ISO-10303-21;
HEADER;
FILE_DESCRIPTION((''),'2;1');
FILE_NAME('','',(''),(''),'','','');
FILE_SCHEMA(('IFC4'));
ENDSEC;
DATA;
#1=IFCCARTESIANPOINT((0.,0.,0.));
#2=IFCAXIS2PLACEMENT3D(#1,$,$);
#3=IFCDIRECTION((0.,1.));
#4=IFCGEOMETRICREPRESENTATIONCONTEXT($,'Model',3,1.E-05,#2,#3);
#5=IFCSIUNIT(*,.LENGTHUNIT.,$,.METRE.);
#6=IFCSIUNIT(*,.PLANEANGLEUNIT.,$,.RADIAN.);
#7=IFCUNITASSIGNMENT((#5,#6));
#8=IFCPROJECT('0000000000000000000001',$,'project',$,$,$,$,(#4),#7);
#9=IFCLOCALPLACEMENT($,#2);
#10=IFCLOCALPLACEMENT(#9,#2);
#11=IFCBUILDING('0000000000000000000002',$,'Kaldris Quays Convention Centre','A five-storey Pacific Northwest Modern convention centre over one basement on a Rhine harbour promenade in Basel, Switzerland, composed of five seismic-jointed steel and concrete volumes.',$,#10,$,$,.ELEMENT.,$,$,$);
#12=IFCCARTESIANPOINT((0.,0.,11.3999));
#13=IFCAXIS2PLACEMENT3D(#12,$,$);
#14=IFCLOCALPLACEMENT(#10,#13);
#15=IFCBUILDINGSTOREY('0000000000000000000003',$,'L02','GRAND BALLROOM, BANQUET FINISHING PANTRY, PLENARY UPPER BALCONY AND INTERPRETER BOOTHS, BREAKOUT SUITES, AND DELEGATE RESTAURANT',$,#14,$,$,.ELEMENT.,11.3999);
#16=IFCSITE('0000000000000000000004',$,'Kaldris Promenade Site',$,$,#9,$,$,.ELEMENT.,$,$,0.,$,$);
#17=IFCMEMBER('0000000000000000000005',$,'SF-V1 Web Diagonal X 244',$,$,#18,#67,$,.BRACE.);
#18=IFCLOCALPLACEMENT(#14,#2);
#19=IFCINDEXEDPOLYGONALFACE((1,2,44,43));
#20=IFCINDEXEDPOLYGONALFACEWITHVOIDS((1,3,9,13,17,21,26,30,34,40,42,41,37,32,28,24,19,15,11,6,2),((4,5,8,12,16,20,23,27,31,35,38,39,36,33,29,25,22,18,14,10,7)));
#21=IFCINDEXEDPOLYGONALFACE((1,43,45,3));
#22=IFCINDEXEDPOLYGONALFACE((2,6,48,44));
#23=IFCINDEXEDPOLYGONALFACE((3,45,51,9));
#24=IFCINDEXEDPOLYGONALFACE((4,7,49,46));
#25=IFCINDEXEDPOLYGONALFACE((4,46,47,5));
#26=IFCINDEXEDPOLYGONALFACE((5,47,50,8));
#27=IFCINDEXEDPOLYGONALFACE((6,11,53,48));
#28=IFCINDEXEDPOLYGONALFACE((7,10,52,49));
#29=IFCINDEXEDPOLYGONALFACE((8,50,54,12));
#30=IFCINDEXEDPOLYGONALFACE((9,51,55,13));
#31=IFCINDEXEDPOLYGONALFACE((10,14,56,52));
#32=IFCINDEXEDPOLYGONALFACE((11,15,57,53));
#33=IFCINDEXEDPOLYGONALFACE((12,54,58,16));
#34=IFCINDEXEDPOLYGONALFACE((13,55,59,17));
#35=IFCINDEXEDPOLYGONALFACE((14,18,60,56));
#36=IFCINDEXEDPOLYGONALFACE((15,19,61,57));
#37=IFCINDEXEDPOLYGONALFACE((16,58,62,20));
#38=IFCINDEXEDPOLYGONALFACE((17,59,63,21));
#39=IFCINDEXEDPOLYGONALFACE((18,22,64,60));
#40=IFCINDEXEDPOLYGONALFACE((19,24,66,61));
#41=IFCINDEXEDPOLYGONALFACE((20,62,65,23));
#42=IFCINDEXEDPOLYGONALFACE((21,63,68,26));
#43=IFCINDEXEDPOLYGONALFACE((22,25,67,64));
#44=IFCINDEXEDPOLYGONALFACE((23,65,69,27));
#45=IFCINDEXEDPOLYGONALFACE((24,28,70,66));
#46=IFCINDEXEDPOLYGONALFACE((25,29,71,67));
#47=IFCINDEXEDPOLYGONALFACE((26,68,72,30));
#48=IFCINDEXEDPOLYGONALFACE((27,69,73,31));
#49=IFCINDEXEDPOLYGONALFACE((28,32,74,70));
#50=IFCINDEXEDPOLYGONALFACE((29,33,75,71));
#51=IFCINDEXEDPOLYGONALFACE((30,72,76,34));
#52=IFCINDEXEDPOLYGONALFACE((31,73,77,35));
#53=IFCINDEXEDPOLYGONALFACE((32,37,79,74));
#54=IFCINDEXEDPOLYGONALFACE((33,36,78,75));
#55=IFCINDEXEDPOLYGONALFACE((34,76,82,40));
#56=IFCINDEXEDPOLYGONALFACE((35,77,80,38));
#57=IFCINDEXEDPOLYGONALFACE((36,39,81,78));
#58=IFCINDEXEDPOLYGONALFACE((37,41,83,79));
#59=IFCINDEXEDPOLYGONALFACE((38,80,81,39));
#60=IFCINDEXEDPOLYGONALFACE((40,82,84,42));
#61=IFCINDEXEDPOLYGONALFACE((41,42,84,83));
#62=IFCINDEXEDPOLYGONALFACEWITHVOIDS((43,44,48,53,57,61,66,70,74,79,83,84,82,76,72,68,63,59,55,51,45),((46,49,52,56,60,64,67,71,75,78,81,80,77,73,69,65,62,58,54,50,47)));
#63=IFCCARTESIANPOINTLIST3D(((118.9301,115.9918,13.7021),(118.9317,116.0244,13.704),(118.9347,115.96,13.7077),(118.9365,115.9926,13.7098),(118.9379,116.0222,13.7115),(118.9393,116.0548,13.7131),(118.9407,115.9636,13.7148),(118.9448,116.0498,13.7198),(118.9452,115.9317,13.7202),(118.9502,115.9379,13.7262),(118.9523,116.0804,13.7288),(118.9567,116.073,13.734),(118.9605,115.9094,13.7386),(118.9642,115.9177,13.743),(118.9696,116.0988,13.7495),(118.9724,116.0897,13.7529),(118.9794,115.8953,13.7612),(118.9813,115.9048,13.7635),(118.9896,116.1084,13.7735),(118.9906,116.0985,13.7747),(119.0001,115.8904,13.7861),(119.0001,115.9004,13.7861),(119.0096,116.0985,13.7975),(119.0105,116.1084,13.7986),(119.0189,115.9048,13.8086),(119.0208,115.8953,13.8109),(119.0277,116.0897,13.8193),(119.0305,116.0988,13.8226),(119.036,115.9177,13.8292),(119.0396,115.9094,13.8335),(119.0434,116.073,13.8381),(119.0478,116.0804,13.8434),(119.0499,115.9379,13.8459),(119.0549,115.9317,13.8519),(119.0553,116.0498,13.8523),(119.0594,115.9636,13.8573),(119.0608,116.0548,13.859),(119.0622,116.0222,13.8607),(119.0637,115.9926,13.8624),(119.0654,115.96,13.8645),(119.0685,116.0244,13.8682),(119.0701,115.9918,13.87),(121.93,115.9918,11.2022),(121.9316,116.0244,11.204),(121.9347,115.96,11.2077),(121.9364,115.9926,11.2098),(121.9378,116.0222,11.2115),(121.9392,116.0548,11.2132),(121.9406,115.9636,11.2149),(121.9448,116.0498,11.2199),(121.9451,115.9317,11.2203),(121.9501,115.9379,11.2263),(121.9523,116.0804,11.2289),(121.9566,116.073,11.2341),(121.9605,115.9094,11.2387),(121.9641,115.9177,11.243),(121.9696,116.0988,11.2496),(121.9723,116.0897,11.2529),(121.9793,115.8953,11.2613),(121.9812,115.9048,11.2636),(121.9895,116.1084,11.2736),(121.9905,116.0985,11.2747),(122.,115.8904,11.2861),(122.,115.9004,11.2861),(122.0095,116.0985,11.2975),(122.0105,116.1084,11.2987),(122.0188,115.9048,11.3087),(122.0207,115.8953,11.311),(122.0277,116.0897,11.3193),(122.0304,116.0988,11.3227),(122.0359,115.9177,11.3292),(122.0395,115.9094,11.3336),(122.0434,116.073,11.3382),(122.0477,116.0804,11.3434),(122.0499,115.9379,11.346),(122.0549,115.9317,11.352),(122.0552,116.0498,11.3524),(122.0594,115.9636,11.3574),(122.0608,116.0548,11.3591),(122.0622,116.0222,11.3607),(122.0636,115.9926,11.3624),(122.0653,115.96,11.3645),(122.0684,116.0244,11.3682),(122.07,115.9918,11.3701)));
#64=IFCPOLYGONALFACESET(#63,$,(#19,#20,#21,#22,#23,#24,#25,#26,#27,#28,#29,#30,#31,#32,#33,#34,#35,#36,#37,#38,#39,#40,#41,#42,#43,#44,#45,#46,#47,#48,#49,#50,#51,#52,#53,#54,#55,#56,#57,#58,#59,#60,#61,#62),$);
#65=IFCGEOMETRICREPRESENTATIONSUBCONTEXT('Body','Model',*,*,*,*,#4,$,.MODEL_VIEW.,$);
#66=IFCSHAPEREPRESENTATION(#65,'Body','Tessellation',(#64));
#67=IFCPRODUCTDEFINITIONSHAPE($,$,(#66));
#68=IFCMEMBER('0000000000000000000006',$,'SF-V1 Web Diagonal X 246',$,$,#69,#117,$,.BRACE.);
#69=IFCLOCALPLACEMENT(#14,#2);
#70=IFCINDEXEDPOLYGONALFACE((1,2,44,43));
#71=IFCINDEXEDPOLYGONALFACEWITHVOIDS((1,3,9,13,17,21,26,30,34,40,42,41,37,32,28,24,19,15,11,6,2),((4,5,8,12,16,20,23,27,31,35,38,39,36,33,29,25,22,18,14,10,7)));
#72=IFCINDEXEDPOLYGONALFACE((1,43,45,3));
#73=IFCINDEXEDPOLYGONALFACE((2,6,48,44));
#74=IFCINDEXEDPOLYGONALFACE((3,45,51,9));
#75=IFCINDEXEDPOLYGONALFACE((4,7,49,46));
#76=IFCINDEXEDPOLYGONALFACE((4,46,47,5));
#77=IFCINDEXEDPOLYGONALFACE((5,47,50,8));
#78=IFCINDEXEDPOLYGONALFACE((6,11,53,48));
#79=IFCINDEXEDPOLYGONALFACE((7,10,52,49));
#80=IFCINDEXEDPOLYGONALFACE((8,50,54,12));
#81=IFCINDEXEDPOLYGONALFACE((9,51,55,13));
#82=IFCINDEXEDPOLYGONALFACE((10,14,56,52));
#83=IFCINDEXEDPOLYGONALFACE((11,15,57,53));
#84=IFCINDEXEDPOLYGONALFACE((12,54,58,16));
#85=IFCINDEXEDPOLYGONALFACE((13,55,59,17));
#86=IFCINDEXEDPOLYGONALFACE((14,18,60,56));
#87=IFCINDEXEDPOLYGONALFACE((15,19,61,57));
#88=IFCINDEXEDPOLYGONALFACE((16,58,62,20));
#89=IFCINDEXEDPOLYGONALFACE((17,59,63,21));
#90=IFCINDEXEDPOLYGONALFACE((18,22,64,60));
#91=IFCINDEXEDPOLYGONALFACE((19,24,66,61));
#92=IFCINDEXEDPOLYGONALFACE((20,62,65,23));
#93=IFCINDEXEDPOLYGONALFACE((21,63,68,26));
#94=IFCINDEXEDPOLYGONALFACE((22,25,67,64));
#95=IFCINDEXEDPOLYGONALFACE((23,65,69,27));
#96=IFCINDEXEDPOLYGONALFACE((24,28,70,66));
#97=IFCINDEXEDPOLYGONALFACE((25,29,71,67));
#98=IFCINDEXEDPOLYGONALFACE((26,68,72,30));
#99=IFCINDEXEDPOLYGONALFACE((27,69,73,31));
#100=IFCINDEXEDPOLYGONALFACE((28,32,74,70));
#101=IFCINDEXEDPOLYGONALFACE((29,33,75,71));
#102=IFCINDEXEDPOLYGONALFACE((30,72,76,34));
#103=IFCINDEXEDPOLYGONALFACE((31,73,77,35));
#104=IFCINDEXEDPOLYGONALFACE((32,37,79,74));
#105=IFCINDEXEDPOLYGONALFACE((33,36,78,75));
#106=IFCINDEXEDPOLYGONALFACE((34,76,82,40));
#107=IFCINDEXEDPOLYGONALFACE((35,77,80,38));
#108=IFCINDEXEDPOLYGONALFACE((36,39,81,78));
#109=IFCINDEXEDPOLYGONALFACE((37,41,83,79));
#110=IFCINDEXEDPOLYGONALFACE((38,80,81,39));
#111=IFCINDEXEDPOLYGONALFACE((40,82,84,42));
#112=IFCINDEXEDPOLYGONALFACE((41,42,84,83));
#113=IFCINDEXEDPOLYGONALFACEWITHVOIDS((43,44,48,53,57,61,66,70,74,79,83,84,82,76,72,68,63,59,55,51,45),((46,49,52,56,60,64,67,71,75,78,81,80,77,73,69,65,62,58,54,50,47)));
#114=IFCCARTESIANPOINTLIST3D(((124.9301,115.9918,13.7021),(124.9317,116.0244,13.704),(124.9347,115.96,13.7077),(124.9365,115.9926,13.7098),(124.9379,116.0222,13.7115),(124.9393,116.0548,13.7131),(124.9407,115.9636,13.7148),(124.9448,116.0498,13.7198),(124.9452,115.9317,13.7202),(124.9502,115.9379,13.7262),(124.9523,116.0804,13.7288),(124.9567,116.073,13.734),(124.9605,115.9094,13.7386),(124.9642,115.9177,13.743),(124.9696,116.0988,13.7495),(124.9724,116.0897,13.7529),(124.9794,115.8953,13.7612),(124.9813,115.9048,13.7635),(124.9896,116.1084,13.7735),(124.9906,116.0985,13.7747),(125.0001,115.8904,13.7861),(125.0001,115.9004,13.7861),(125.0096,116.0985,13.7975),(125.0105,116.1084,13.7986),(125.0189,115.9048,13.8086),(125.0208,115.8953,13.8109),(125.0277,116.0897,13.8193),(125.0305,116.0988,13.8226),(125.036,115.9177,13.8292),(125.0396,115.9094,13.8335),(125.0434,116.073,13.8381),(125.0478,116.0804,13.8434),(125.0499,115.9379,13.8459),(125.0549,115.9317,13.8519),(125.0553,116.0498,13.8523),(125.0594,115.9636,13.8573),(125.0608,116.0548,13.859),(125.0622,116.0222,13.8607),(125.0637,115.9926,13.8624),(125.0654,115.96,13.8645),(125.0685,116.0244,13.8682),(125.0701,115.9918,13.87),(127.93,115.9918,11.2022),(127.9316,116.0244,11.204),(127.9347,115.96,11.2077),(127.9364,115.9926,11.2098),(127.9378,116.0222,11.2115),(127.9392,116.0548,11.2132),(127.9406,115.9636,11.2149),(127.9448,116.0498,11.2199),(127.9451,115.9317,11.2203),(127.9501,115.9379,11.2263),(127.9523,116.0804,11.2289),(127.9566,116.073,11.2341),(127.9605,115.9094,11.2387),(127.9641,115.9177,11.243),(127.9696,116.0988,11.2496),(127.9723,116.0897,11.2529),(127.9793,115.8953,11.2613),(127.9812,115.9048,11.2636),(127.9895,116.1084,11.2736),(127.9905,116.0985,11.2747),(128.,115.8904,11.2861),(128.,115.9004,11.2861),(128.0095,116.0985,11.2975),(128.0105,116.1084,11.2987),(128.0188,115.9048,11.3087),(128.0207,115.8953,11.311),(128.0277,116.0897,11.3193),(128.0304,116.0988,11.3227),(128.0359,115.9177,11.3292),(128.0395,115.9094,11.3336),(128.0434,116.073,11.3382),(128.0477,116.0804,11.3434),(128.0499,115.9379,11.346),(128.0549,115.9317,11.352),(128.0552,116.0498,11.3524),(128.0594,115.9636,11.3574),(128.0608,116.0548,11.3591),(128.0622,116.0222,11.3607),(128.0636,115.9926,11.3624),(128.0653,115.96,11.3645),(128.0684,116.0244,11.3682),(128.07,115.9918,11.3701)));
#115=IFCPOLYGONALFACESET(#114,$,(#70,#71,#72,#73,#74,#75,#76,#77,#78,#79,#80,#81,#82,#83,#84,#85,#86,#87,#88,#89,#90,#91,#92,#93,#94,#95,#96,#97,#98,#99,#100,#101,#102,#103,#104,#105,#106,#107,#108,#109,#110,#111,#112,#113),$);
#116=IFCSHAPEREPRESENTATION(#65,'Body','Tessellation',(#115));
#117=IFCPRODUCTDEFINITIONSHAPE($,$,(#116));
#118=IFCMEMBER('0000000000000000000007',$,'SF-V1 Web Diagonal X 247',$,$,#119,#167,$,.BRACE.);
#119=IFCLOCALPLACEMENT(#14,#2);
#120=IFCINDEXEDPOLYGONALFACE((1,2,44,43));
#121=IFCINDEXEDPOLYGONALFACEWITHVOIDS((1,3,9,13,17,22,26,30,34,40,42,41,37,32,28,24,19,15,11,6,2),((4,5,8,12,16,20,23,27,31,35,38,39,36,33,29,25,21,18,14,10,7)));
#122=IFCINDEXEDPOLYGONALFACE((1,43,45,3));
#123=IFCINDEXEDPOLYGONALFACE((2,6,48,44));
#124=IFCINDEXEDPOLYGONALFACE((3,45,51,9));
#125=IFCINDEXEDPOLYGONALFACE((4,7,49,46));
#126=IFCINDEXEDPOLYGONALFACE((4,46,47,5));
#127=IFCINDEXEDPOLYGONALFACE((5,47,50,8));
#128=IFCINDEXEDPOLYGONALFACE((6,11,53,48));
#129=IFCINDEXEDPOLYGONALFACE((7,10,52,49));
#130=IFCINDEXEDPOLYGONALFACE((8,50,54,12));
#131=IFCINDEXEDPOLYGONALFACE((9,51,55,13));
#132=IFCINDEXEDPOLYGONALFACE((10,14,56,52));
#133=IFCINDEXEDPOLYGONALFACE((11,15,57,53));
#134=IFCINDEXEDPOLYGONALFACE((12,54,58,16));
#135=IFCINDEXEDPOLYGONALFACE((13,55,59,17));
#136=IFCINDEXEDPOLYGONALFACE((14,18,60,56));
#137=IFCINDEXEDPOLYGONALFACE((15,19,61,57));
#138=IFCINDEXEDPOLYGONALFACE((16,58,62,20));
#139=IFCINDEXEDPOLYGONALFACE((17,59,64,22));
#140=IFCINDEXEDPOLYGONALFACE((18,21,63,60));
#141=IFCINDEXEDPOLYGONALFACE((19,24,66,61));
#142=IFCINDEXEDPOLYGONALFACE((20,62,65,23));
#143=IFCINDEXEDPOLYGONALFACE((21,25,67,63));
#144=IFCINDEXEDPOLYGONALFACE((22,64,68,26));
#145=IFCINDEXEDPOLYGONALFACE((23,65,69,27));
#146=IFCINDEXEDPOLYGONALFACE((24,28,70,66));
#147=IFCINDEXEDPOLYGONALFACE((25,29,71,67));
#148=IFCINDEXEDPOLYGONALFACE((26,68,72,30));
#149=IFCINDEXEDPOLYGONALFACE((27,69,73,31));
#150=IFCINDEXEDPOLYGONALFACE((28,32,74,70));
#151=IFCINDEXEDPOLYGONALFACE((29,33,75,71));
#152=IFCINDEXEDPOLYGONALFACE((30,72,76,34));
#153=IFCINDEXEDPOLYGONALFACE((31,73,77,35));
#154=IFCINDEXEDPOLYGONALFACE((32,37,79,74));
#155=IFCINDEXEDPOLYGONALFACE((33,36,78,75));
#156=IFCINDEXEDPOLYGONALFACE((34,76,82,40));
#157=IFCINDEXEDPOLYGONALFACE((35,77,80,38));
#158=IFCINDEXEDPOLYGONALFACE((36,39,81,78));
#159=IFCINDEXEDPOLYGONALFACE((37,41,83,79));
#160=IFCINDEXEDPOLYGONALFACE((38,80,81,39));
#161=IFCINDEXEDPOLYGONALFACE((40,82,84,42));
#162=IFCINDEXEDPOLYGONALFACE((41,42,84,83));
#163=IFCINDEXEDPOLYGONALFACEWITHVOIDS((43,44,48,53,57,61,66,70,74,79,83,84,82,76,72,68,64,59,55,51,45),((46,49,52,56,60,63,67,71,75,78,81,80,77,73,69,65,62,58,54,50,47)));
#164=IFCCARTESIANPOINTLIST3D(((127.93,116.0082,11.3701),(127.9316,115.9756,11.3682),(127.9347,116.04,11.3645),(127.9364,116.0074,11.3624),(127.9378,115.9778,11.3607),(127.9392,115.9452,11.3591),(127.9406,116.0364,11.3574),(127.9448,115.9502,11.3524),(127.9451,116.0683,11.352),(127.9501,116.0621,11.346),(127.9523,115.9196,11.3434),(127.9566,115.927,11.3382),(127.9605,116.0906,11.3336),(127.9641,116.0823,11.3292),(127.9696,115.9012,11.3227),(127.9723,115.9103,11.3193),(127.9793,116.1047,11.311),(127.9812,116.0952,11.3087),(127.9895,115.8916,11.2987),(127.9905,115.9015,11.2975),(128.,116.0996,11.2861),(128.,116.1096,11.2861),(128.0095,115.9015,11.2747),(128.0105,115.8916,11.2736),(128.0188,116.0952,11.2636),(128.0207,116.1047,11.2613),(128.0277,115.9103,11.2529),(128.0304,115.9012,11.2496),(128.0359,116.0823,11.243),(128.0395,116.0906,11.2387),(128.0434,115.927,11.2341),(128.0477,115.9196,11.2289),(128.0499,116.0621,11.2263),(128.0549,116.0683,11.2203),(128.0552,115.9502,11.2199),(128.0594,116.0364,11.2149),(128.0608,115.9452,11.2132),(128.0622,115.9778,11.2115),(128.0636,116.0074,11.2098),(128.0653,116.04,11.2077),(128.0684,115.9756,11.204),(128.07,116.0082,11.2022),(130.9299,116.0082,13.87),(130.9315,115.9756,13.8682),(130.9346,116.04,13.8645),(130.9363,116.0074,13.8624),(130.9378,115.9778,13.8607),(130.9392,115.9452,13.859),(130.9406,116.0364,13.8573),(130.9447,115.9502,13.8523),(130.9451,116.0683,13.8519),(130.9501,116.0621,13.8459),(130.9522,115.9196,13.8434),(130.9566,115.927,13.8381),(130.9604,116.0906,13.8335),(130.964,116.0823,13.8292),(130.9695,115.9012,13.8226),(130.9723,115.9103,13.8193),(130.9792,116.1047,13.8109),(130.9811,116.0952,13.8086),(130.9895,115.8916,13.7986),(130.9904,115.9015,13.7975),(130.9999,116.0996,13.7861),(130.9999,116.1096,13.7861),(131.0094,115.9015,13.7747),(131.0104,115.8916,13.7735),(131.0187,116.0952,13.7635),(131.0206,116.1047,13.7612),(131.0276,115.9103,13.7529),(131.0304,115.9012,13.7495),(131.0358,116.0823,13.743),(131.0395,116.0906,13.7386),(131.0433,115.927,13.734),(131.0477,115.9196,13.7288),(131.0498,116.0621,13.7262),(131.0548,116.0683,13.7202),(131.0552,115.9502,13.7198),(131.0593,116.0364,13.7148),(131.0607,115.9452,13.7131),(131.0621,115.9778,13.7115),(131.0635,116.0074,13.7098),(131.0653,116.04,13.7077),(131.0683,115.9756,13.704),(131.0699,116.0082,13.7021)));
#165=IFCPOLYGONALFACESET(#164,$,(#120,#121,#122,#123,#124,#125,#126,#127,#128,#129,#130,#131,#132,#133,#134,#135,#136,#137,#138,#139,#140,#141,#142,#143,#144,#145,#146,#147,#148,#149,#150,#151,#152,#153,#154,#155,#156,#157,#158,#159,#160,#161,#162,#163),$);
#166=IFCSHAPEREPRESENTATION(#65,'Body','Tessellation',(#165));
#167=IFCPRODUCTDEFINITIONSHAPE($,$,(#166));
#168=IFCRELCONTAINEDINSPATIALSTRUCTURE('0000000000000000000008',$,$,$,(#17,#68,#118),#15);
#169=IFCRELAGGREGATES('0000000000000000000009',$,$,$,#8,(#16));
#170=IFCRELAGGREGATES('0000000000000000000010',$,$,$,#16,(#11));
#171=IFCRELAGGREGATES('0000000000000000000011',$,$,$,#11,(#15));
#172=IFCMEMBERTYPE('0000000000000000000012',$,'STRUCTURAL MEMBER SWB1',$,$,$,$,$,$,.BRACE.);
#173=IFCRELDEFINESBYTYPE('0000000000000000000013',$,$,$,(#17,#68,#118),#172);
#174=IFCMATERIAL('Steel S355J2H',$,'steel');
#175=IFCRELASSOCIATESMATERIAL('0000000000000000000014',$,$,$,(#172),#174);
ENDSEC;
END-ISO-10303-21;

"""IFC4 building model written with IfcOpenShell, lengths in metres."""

from ifc_helpers import new_model, si_unit, direction, frame, origin, origin_2d, place, context, subcontext, project, spatial, hollow_circle, extrude, material, material_profile, profile_set, type_object, element, save


model = new_model("IFC4")

# Units and contexts
model_context = context("Model", 3, precision=1e-05, world=origin(), true_north=direction((0.0, 1.0)))
body_context = subcontext(model_context, "Body", "Model", "MODEL_VIEW")
ifc_project = project(units=[si_unit("LENGTHUNIT", "METRE"), si_unit("PLANEANGLEUNIT", "RADIAN")], contexts=[model_context])

# Site, building, storey
site_placement = place(None, origin())
site = spatial("IfcSite", under=ifc_project, at=site_placement, Name="Kaldris Promenade Site", CompositionType="ELEMENT", RefElevation=0.0)
building_placement = place(site_placement, origin())
building = spatial("IfcBuilding", under=site, at=building_placement, Name="Kaldris Quays Convention Centre", Description="A five-storey Pacific Northwest Modern convention centre over one basement on a Rhine harbour promenade in Basel, Switzerland, composed of five seismic-jointed steel and concrete volumes.", CompositionType="ELEMENT")
storey_placement = place(building_placement, frame((0.0, 0.0, 11.3999)))
storey = spatial("IfcBuildingStorey", under=building, at=storey_placement, Name="L02", Description="GRAND BALLROOM, BANQUET FINISHING PANTRY, PLENARY UPPER BALCONY AND INTERPRETER BOOTHS, BREAKOUT SUITES, AND DELEGATE RESTAURANT", CompositionType="ELEMENT", Elevation=11.3999)

# Members
ifc_material_1 = material(Name="Steel S355J2H", Category="steel")
ifc_material_profile_1 = material_profile(ifc_material_1, hollow_circle(Radius=0.1096, WallThickness=0.01, at=origin_2d()), Name="CHS 219.1x10")
ifc_profile_set_1 = profile_set([ifc_material_profile_1], Name="Steel S355J2H")
member_type_1 = type_object("IfcMemberType", Name="STRUCTURAL MEMBER SWB1", PredefinedType="BRACE", material=ifc_profile_set_1)
for number, where, z_axis, x_axis, name in (
    (1, (122.0, 116.0, 11.2861), (-0.768221, 0.0, 0.640184), (0.0, -1.0, 0.0), "SF-V1 Web Diagonal X 244"),
    (2, (128.0, 116.0, 11.2861), (-0.768221, 0.0, 0.640184), (0.0, -1.0, 0.0), "SF-V1 Web Diagonal X 246"),
    (3, (128.0, 116.0, 11.2861), (0.768221, 0.0, 0.640184), (0.0, 1.0, 0.0), "SF-V1 Web Diagonal X 247"),
):
    element("IfcMember", number, at=place(storey_placement, frame(where, z_axis=z_axis, x_axis=x_axis)), inside=storey, type_object=member_type_1, Name=name, PredefinedType="BRACE", context=body_context, shape_type="SweptSolid", body=[
        extrude(hollow_circle(Radius=0.1096, WallThickness=0.01, at=origin_2d()), origin(), (0.0, 0.0, 1.0), 3.905),
    ])

save(model, "model.ifc")
